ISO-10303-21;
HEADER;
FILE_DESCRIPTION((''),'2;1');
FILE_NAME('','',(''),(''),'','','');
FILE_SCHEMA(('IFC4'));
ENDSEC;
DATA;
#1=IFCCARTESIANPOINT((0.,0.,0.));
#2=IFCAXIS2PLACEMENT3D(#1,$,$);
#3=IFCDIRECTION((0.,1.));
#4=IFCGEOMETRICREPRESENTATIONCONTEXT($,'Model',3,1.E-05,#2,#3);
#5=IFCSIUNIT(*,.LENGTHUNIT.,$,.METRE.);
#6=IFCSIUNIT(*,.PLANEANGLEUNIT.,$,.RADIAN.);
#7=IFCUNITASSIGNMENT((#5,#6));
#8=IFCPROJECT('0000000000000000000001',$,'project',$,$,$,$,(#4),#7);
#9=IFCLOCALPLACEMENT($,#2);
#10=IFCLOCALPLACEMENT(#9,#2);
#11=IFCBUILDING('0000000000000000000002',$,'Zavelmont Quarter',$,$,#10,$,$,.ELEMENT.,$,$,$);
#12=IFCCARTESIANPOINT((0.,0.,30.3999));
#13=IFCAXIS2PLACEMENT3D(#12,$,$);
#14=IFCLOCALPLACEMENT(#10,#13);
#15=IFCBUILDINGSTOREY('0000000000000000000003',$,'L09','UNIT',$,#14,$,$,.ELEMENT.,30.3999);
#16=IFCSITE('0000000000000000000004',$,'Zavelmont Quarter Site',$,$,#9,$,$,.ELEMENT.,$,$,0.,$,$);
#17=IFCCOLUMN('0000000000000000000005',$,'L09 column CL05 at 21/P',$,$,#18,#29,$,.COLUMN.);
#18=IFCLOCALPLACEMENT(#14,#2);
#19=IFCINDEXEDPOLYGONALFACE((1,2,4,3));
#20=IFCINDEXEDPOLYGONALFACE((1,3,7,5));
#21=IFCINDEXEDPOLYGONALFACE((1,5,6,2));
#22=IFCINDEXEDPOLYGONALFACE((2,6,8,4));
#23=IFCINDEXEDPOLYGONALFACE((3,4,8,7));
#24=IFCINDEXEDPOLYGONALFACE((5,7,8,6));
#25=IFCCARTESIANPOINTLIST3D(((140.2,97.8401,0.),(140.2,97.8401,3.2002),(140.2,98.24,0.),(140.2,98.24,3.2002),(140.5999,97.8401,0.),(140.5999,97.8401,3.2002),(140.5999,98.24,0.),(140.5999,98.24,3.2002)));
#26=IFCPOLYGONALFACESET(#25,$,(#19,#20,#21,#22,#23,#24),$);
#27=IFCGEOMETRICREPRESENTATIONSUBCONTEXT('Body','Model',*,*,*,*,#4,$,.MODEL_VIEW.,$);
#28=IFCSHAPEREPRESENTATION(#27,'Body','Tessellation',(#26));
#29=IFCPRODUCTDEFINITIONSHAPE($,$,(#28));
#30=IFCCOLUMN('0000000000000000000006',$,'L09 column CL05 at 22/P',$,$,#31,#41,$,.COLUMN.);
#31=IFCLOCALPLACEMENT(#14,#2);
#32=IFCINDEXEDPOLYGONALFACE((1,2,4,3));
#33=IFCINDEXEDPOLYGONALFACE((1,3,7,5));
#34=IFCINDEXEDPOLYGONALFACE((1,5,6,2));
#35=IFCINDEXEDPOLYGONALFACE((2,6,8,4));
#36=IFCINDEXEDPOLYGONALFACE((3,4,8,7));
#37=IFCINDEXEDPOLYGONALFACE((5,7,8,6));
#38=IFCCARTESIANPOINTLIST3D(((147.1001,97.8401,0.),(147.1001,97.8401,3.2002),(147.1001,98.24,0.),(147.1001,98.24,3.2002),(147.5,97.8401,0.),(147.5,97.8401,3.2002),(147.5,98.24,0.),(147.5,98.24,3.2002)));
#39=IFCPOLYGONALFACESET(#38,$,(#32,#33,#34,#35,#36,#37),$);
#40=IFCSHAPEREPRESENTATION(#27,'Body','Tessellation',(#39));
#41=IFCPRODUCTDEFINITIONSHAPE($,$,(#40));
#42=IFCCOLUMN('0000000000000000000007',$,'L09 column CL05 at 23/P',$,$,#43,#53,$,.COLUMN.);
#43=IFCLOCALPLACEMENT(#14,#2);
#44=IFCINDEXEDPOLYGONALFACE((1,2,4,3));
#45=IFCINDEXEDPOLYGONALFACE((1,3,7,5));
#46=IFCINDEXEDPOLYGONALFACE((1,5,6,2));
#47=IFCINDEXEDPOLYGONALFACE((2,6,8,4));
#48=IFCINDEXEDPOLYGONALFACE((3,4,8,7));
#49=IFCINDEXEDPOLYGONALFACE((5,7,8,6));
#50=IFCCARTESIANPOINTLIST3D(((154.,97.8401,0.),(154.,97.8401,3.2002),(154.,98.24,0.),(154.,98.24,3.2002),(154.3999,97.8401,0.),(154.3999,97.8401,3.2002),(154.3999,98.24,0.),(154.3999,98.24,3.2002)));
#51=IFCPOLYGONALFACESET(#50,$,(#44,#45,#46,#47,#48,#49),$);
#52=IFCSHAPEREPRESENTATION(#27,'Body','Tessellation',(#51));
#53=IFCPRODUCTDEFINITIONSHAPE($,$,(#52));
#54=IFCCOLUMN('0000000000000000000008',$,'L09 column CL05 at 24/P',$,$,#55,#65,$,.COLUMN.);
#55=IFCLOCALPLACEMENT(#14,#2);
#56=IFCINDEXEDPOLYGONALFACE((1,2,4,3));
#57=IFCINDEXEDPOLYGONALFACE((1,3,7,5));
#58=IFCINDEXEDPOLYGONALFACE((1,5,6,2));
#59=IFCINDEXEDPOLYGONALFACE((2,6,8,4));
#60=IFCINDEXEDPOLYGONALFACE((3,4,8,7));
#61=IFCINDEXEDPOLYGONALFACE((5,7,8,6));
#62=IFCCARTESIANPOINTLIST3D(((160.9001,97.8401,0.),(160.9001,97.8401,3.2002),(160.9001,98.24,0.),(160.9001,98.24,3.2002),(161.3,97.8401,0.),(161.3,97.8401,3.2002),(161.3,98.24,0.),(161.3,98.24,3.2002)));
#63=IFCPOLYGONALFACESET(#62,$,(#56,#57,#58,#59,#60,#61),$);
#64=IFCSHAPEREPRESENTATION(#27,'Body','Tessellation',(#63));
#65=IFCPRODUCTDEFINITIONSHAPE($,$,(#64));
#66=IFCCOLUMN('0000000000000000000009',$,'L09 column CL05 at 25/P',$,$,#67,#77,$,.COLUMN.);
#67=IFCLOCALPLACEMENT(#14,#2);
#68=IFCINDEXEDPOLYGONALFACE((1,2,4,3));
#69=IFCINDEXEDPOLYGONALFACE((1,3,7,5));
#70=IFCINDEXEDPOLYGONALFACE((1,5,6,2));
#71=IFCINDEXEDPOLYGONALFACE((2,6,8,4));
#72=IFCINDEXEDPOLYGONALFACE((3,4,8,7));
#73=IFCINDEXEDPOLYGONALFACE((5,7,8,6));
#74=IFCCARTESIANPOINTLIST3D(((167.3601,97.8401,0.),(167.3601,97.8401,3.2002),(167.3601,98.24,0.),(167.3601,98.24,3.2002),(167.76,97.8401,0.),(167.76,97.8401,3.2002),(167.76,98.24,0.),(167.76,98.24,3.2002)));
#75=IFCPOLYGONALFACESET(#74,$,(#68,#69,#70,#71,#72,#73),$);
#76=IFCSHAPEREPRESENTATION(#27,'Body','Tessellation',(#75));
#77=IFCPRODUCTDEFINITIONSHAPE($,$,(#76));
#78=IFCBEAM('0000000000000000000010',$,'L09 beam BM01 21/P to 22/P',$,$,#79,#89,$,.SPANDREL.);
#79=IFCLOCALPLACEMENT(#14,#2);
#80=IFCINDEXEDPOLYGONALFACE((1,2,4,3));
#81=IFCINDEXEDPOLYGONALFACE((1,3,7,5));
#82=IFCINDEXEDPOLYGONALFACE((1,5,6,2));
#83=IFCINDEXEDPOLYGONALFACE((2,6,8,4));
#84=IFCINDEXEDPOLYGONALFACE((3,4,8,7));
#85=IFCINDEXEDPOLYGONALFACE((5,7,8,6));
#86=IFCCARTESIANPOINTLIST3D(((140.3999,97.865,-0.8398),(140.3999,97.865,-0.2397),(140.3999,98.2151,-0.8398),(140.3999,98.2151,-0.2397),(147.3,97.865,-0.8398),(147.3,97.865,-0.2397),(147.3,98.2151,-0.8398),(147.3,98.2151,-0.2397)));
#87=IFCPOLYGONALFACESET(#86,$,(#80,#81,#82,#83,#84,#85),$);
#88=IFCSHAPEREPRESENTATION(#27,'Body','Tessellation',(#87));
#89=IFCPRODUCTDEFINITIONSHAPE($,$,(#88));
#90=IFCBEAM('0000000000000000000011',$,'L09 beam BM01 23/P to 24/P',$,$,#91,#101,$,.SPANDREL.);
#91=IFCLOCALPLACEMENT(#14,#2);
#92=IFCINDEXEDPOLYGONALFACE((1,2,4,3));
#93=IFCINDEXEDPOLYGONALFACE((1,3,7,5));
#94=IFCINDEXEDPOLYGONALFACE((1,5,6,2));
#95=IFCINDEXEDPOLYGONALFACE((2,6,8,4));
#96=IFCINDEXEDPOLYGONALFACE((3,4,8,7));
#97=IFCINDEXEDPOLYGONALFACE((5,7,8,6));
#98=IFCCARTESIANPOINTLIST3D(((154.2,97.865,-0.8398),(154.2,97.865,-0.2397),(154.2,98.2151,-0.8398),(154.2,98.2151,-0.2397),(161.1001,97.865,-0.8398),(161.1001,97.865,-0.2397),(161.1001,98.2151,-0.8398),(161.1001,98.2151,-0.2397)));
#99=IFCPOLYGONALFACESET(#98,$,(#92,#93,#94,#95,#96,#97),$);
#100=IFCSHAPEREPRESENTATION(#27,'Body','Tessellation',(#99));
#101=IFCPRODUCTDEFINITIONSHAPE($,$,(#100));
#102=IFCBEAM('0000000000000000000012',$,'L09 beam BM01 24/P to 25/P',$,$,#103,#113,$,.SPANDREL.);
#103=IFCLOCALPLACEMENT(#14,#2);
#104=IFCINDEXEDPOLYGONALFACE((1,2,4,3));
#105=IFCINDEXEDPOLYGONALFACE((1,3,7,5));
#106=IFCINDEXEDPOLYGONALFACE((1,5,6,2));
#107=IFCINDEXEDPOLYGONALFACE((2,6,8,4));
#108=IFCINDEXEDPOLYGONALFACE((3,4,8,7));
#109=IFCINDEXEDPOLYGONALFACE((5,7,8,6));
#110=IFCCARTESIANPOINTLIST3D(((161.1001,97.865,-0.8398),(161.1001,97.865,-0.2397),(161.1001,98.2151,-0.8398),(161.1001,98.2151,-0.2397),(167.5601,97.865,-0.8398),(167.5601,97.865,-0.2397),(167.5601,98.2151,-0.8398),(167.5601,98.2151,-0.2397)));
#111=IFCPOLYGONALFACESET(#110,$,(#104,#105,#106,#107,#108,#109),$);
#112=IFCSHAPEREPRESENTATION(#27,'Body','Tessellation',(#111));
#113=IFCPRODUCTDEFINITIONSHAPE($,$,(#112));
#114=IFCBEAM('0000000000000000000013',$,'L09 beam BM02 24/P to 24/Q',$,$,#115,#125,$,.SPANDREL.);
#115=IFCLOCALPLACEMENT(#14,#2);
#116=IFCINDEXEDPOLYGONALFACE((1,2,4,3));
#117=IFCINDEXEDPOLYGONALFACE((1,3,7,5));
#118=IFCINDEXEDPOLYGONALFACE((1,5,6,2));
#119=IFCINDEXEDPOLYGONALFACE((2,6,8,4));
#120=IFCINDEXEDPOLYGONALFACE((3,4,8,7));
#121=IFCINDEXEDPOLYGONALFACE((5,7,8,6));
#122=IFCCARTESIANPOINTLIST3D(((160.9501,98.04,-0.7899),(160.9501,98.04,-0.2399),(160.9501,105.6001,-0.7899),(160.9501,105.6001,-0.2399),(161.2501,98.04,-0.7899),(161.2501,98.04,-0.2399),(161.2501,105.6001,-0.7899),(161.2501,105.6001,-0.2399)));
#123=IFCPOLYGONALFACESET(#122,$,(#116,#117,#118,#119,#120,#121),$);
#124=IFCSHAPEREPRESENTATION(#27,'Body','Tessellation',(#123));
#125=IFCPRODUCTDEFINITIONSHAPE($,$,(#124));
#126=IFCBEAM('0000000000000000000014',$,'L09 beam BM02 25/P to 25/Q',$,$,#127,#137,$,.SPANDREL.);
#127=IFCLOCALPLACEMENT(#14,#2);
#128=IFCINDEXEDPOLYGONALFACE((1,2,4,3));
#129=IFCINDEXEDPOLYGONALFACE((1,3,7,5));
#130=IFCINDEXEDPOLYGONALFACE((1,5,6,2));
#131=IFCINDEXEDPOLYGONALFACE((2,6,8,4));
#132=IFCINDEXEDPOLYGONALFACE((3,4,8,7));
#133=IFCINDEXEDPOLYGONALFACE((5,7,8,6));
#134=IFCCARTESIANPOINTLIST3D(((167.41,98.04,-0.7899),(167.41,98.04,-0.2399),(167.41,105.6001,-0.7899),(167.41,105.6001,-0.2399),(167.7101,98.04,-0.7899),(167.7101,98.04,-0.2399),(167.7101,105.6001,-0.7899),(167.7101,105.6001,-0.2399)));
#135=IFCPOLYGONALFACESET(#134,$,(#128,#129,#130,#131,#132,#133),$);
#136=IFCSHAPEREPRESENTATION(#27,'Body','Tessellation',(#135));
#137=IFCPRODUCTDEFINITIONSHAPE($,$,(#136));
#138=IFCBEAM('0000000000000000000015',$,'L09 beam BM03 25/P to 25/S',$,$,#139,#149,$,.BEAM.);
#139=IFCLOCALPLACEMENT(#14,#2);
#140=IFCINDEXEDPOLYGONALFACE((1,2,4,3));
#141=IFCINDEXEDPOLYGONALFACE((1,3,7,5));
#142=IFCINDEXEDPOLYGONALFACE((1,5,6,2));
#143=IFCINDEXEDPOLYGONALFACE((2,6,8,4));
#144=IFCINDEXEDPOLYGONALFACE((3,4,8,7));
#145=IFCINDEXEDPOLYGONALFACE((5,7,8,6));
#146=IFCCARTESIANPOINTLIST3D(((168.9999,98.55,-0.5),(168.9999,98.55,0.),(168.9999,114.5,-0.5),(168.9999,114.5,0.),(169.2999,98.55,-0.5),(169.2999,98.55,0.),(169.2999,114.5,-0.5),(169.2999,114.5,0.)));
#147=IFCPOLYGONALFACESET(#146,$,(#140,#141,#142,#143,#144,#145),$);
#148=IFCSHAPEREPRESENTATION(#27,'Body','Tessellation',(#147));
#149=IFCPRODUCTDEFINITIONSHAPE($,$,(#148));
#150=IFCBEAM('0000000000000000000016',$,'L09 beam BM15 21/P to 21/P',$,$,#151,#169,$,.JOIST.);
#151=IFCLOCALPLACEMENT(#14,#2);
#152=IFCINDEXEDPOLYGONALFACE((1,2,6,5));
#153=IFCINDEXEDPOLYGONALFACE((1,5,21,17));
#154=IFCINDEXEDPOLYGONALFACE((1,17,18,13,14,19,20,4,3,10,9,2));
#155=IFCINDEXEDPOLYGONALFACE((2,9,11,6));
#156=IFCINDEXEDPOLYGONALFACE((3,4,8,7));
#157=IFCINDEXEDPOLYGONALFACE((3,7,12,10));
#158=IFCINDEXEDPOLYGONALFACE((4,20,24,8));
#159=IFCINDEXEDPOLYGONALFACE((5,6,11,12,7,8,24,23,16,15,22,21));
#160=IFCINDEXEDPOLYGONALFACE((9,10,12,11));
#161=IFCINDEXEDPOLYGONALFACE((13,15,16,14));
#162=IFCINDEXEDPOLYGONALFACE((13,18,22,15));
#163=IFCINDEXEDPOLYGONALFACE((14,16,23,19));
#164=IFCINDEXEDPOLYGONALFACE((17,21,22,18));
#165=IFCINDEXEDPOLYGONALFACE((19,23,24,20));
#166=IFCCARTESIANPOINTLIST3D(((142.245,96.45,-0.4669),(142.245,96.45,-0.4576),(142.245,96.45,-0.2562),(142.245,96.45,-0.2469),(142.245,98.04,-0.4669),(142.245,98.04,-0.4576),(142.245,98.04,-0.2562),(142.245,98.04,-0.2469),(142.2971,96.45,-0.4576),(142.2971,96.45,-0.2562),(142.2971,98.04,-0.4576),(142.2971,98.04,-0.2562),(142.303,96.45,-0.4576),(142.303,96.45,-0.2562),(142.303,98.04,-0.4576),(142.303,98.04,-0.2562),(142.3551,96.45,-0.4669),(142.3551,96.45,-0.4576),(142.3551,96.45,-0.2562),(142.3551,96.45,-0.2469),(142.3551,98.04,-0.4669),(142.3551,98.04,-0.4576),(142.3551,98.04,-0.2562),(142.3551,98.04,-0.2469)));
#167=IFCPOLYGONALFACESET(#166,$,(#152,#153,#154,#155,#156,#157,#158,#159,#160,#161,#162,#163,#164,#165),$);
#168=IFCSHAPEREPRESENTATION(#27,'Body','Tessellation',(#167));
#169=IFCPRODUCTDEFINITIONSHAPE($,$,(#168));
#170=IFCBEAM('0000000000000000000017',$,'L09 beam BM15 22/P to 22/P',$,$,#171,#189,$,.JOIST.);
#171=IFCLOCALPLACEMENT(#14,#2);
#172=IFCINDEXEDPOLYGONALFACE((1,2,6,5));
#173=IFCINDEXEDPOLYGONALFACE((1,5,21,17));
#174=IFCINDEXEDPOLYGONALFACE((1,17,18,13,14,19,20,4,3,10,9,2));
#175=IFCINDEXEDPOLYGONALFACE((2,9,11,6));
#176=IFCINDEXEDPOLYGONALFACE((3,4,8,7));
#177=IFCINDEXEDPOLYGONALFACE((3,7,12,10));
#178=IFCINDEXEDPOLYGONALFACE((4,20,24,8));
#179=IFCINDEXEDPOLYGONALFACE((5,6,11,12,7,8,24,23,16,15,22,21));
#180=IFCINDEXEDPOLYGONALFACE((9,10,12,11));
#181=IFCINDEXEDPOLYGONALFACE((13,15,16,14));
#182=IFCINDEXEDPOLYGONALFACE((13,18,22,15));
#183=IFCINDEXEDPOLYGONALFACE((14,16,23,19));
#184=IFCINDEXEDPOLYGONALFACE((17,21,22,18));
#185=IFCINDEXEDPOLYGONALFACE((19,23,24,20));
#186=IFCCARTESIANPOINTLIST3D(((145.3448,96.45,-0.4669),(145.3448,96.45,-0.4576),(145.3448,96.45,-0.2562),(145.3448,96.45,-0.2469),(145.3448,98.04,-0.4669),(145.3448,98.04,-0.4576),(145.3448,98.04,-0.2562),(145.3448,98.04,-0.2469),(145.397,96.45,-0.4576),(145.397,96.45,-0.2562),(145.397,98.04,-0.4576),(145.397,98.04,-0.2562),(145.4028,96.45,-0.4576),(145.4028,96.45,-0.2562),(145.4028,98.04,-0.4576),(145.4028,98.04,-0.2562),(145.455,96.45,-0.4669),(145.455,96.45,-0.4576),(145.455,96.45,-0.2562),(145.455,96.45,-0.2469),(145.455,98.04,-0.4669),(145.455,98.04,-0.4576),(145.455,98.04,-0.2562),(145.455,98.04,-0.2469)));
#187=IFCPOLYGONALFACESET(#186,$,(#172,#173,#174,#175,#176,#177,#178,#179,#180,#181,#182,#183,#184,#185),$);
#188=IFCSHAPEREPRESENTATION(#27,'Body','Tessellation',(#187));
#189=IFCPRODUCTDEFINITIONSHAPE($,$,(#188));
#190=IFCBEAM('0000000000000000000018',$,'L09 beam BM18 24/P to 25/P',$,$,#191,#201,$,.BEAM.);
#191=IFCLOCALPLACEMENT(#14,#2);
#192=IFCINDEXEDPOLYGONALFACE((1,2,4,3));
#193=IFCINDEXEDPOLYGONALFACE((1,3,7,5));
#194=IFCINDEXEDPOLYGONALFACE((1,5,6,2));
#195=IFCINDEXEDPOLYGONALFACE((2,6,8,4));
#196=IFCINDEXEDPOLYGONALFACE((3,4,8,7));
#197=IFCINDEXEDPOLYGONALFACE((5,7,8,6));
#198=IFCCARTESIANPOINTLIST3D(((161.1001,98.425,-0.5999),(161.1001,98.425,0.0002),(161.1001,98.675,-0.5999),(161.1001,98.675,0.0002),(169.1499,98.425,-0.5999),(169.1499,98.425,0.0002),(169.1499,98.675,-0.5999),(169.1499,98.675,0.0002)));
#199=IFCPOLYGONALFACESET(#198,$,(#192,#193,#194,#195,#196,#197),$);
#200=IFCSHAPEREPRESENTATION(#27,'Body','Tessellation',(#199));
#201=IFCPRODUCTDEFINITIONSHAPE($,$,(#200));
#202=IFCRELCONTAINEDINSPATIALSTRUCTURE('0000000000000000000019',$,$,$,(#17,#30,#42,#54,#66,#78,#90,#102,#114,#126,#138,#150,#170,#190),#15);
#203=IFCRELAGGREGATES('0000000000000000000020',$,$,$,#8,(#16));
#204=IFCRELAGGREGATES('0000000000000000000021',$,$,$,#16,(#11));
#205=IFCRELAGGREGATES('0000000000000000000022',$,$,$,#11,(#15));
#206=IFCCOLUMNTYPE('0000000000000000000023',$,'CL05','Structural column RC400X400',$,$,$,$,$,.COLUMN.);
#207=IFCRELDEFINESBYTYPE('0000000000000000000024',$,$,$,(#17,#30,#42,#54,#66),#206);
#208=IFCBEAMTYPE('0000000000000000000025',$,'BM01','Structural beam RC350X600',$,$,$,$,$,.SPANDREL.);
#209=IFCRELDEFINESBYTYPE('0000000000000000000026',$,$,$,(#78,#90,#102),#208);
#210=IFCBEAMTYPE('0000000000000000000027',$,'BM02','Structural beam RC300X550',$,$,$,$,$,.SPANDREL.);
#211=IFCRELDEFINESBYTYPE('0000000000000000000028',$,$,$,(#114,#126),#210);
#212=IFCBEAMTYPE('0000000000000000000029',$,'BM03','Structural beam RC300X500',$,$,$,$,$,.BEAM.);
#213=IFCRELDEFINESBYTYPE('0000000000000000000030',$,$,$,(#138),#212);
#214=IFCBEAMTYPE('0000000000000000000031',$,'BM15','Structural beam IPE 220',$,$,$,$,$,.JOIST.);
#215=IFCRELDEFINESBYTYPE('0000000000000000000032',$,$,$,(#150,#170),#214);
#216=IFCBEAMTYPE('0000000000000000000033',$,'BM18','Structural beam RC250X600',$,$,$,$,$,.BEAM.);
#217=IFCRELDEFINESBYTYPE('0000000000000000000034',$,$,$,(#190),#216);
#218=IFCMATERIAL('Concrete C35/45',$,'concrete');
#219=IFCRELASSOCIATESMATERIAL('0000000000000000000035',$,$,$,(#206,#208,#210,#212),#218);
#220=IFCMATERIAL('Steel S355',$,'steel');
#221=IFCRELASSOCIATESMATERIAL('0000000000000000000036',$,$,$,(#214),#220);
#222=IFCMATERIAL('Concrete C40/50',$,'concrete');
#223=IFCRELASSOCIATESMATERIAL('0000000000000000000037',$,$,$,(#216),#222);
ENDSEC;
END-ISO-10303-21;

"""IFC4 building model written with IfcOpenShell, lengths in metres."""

from ifc_helpers import new_model, si_unit, direction, frame, origin, origin_2d, place, context, subcontext, project, spatial, rectangle, i_section, extrude, material, material_profile, profile_set, type_object, element, save


model = new_model("IFC4")

# Units and contexts
model_context = context("Model", 3, precision=1e-05, world=origin(), true_north=direction((0.0, 1.0)))
body_context = subcontext(model_context, "Body", "Model", "MODEL_VIEW")
ifc_project = project(units=[si_unit("LENGTHUNIT", "METRE"), si_unit("PLANEANGLEUNIT", "RADIAN")], contexts=[model_context])

# Site, building, storey
site_placement = place(None, origin())
site = spatial("IfcSite", under=ifc_project, at=site_placement, Name="Zavelmont Quarter Site", CompositionType="ELEMENT", RefElevation=0.0)
building_placement = place(site_placement, origin())
building = spatial("IfcBuilding", under=site, at=building_placement, Name="Zavelmont Quarter", CompositionType="ELEMENT")
storey_placement = place(building_placement, frame((0.0, 0.0, 30.3999)))
storey = spatial("IfcBuildingStorey", under=building, at=storey_placement, Name="L09", Description="UNIT", CompositionType="ELEMENT", Elevation=30.3999)

# Columns
ifc_material_1 = material(Name="Concrete C35/45", Category="concrete")
ifc_material_profile_1 = material_profile(ifc_material_1, rectangle(XDim=0.3999, YDim=0.3999, at=origin_2d()), Name="RC400X400")
ifc_profile_set_1 = profile_set([ifc_material_profile_1], Name="Concrete C35/45")
column_type = type_object("IfcColumnType", Name="CL05", Description="Structural column RC400X400", PredefinedType="COLUMN", material=ifc_profile_set_1)
for number, where, z_axis, x_axis, name in (
    (1, (140.3999, 98.04, 0.0), (0.0, 0.0, 1.0), (1.0, 0.0, 0.0), "L09 column CL05 at 21/P"),
    (2, (147.3, 98.04, 0.0), (0.0, 0.0, 1.0), (1.0, 0.0, 0.0), "L09 column CL05 at 22/P"),
    (3, (154.2, 98.04, 0.0), (0.0, 0.0, 1.0), (1.0, 0.0, 0.0), "L09 column CL05 at 23/P"),
    (4, (161.1001, 98.04, 0.0), (0.0, 0.0, 1.0), (1.0, 0.0, 0.0), "L09 column CL05 at 24/P"),
    (5, (167.5601, 98.04, 0.0), (0.0, 0.0, 1.0), (1.0, 0.0, 0.0), "L09 column CL05 at 25/P"),
):
    element("IfcColumn", number, at=place(storey_placement, frame(where, z_axis=z_axis, x_axis=x_axis)), inside=storey, type_object=column_type, Name=name, PredefinedType="COLUMN", context=body_context, shape_type="SweptSolid", body=[
        extrude(rectangle(XDim=0.3999, YDim=0.3999, at=origin_2d()), origin(), (0.0, 0.0, 1.0), 3.2002),
    ])

# Beams
ifc_material_profile_2 = material_profile(ifc_material_1, rectangle(XDim=0.3501, YDim=0.6001, at=origin_2d()), Name="RC350X600")
ifc_profile_set_2 = profile_set([ifc_material_profile_2], Name="Concrete C35/45")
beam_type_1 = type_object("IfcBeamType", Name="BM01", Description="Structural beam RC350X600", PredefinedType="SPANDREL", material=ifc_profile_set_2)
for number, where, z_axis, x_axis, name in (
    (6, (140.3999, 98.04, -0.5398), (1.0, 0.0, 0.0), (0.0, 1.0, 0.0), "L09 beam BM01 21/P to 22/P"),
    (7, (154.2, 98.04, -0.5398), (1.0, 0.0, 0.0), (0.0, 1.0, 0.0), "L09 beam BM01 23/P to 24/P"),
):
    element("IfcBeam", number, at=place(storey_placement, frame(where, z_axis=z_axis, x_axis=x_axis)), inside=storey, type_object=beam_type_1, Name=name, PredefinedType="SPANDREL", context=body_context, shape_type="SweptSolid", body=[
        extrude(rectangle(XDim=0.3501, YDim=0.6001, at=origin_2d()), origin(), (0.0, 0.0, 1.0), 6.9001),
    ])
beam_1_placement = place(storey_placement, frame((161.1001, 98.04, -0.5398), z_axis=(1.0, 0.0, 0.0), x_axis=(0.0, 1.0, 0.0)))
element("IfcBeam", 8, at=beam_1_placement, inside=storey, type_object=beam_type_1, Name="L09 beam BM01 24/P to 25/P", PredefinedType="SPANDREL", context=body_context, shape_type="SweptSolid", body=[
    extrude(rectangle(XDim=0.3501, YDim=0.6001, at=origin_2d()), origin(), (0.0, 0.0, 1.0), 6.46),
])
ifc_material_profile_3 = material_profile(ifc_material_1, rectangle(XDim=0.3, YDim=0.55, at=origin_2d()), Name="RC300X550")
ifc_profile_set_3 = profile_set([ifc_material_profile_3], Name="Concrete C35/45")
beam_type_2 = type_object("IfcBeamType", Name="BM02", Description="Structural beam RC300X550", PredefinedType="SPANDREL", material=ifc_profile_set_3)
for number, where, z_axis, x_axis, name in (
    (9, (161.1001, 98.04, -0.5149), (0.0, 1.0, 0.0), (-1.0, 0.0, 0.0), "L09 beam BM02 24/P to 24/Q"),
    (10, (167.5601, 98.04, -0.5149), (0.0, 1.0, 0.0), (-1.0, 0.0, 0.0), "L09 beam BM02 25/P to 25/Q"),
):
    element("IfcBeam", number, at=place(storey_placement, frame(where, z_axis=z_axis, x_axis=x_axis)), inside=storey, type_object=beam_type_2, Name=name, PredefinedType="SPANDREL", context=body_context, shape_type="SweptSolid", body=[
        extrude(rectangle(XDim=0.3, YDim=0.55, at=origin_2d()), origin(), (0.0, 0.0, 1.0), 7.5601),
    ])
ifc_material_profile_4 = material_profile(ifc_material_1, rectangle(XDim=0.3, YDim=0.5, at=origin_2d()), Name="RC300X500")
ifc_profile_set_4 = profile_set([ifc_material_profile_4], Name="Concrete C35/45")
beam_type_3 = type_object("IfcBeamType", Name="BM03", Description="Structural beam RC300X500", PredefinedType="BEAM", material=ifc_profile_set_4)
beam_2_placement = place(storey_placement, frame((169.1499, 98.55, -0.25), z_axis=(0.0, 1.0, 0.0), x_axis=(-1.0, 0.0, 0.0)))
element("IfcBeam", 11, at=beam_2_placement, inside=storey, type_object=beam_type_3, Name="L09 beam BM03 25/P to 25/S", PredefinedType="BEAM", context=body_context, shape_type="SweptSolid", body=[
    extrude(rectangle(XDim=0.3, YDim=0.5, at=origin_2d()), origin(), (0.0, 0.0, 1.0), 15.95),
])
ifc_material_2 = material(Name="Steel S355", Category="steel")
ifc_material_profile_5 = material_profile(ifc_material_2, i_section(OverallWidth=0.1101, OverallDepth=0.22, WebThickness=0.0059, FlangeThickness=0.0093, at=origin_2d()), Name="IPE 220")
ifc_profile_set_5 = profile_set([ifc_material_profile_5], Name="Steel S355")
beam_type_4 = type_object("IfcBeamType", Name="BM15", Description="Structural beam IPE 220", PredefinedType="JOIST", material=ifc_profile_set_5)
for number, where, z_axis, x_axis, name in (
    (12, (142.3, 98.04, -0.3569), (0.0, -1.0, 0.0), (1.0, 0.0, 0.0), "L09 beam BM15 21/P to 21/P"),
    (13, (145.3999, 98.04, -0.3569), (0.0, -1.0, 0.0), (1.0, 0.0, 0.0), "L09 beam BM15 22/P to 22/P"),
):
    element("IfcBeam", number, at=place(storey_placement, frame(where, z_axis=z_axis, x_axis=x_axis)), inside=storey, type_object=beam_type_4, Name=name, PredefinedType="JOIST", context=body_context, shape_type="SweptSolid", body=[
        extrude(i_section(OverallWidth=0.1101, OverallDepth=0.22, WebThickness=0.0059, FlangeThickness=0.0093, at=origin_2d()), origin(), (0.0, 0.0, 1.0), 1.5901),
    ])
ifc_material_3 = material(Name="Concrete C40/50", Category="concrete")
ifc_material_profile_6 = material_profile(ifc_material_3, rectangle(XDim=0.25, YDim=0.6001, at=origin_2d()), Name="RC250X600")
ifc_profile_set_6 = profile_set([ifc_material_profile_6], Name="Concrete C40/50")
beam_type_5 = type_object("IfcBeamType", Name="BM18", Description="Structural beam RC250X600", PredefinedType="BEAM", material=ifc_profile_set_6)
beam_3_placement = place(storey_placement, frame((161.1001, 98.55, -0.2998), z_axis=(1.0, 0.0, 0.0), x_axis=(0.0, 1.0, 0.0)))
element("IfcBeam", 14, at=beam_3_placement, inside=storey, type_object=beam_type_5, Name="L09 beam BM18 24/P to 25/P", PredefinedType="BEAM", context=body_context, shape_type="SweptSolid", body=[
    extrude(rectangle(XDim=0.25, YDim=0.6001, at=origin_2d()), origin(), (0.0, 0.0, 1.0), 8.0498),
])

save(model, "model.ifc")
